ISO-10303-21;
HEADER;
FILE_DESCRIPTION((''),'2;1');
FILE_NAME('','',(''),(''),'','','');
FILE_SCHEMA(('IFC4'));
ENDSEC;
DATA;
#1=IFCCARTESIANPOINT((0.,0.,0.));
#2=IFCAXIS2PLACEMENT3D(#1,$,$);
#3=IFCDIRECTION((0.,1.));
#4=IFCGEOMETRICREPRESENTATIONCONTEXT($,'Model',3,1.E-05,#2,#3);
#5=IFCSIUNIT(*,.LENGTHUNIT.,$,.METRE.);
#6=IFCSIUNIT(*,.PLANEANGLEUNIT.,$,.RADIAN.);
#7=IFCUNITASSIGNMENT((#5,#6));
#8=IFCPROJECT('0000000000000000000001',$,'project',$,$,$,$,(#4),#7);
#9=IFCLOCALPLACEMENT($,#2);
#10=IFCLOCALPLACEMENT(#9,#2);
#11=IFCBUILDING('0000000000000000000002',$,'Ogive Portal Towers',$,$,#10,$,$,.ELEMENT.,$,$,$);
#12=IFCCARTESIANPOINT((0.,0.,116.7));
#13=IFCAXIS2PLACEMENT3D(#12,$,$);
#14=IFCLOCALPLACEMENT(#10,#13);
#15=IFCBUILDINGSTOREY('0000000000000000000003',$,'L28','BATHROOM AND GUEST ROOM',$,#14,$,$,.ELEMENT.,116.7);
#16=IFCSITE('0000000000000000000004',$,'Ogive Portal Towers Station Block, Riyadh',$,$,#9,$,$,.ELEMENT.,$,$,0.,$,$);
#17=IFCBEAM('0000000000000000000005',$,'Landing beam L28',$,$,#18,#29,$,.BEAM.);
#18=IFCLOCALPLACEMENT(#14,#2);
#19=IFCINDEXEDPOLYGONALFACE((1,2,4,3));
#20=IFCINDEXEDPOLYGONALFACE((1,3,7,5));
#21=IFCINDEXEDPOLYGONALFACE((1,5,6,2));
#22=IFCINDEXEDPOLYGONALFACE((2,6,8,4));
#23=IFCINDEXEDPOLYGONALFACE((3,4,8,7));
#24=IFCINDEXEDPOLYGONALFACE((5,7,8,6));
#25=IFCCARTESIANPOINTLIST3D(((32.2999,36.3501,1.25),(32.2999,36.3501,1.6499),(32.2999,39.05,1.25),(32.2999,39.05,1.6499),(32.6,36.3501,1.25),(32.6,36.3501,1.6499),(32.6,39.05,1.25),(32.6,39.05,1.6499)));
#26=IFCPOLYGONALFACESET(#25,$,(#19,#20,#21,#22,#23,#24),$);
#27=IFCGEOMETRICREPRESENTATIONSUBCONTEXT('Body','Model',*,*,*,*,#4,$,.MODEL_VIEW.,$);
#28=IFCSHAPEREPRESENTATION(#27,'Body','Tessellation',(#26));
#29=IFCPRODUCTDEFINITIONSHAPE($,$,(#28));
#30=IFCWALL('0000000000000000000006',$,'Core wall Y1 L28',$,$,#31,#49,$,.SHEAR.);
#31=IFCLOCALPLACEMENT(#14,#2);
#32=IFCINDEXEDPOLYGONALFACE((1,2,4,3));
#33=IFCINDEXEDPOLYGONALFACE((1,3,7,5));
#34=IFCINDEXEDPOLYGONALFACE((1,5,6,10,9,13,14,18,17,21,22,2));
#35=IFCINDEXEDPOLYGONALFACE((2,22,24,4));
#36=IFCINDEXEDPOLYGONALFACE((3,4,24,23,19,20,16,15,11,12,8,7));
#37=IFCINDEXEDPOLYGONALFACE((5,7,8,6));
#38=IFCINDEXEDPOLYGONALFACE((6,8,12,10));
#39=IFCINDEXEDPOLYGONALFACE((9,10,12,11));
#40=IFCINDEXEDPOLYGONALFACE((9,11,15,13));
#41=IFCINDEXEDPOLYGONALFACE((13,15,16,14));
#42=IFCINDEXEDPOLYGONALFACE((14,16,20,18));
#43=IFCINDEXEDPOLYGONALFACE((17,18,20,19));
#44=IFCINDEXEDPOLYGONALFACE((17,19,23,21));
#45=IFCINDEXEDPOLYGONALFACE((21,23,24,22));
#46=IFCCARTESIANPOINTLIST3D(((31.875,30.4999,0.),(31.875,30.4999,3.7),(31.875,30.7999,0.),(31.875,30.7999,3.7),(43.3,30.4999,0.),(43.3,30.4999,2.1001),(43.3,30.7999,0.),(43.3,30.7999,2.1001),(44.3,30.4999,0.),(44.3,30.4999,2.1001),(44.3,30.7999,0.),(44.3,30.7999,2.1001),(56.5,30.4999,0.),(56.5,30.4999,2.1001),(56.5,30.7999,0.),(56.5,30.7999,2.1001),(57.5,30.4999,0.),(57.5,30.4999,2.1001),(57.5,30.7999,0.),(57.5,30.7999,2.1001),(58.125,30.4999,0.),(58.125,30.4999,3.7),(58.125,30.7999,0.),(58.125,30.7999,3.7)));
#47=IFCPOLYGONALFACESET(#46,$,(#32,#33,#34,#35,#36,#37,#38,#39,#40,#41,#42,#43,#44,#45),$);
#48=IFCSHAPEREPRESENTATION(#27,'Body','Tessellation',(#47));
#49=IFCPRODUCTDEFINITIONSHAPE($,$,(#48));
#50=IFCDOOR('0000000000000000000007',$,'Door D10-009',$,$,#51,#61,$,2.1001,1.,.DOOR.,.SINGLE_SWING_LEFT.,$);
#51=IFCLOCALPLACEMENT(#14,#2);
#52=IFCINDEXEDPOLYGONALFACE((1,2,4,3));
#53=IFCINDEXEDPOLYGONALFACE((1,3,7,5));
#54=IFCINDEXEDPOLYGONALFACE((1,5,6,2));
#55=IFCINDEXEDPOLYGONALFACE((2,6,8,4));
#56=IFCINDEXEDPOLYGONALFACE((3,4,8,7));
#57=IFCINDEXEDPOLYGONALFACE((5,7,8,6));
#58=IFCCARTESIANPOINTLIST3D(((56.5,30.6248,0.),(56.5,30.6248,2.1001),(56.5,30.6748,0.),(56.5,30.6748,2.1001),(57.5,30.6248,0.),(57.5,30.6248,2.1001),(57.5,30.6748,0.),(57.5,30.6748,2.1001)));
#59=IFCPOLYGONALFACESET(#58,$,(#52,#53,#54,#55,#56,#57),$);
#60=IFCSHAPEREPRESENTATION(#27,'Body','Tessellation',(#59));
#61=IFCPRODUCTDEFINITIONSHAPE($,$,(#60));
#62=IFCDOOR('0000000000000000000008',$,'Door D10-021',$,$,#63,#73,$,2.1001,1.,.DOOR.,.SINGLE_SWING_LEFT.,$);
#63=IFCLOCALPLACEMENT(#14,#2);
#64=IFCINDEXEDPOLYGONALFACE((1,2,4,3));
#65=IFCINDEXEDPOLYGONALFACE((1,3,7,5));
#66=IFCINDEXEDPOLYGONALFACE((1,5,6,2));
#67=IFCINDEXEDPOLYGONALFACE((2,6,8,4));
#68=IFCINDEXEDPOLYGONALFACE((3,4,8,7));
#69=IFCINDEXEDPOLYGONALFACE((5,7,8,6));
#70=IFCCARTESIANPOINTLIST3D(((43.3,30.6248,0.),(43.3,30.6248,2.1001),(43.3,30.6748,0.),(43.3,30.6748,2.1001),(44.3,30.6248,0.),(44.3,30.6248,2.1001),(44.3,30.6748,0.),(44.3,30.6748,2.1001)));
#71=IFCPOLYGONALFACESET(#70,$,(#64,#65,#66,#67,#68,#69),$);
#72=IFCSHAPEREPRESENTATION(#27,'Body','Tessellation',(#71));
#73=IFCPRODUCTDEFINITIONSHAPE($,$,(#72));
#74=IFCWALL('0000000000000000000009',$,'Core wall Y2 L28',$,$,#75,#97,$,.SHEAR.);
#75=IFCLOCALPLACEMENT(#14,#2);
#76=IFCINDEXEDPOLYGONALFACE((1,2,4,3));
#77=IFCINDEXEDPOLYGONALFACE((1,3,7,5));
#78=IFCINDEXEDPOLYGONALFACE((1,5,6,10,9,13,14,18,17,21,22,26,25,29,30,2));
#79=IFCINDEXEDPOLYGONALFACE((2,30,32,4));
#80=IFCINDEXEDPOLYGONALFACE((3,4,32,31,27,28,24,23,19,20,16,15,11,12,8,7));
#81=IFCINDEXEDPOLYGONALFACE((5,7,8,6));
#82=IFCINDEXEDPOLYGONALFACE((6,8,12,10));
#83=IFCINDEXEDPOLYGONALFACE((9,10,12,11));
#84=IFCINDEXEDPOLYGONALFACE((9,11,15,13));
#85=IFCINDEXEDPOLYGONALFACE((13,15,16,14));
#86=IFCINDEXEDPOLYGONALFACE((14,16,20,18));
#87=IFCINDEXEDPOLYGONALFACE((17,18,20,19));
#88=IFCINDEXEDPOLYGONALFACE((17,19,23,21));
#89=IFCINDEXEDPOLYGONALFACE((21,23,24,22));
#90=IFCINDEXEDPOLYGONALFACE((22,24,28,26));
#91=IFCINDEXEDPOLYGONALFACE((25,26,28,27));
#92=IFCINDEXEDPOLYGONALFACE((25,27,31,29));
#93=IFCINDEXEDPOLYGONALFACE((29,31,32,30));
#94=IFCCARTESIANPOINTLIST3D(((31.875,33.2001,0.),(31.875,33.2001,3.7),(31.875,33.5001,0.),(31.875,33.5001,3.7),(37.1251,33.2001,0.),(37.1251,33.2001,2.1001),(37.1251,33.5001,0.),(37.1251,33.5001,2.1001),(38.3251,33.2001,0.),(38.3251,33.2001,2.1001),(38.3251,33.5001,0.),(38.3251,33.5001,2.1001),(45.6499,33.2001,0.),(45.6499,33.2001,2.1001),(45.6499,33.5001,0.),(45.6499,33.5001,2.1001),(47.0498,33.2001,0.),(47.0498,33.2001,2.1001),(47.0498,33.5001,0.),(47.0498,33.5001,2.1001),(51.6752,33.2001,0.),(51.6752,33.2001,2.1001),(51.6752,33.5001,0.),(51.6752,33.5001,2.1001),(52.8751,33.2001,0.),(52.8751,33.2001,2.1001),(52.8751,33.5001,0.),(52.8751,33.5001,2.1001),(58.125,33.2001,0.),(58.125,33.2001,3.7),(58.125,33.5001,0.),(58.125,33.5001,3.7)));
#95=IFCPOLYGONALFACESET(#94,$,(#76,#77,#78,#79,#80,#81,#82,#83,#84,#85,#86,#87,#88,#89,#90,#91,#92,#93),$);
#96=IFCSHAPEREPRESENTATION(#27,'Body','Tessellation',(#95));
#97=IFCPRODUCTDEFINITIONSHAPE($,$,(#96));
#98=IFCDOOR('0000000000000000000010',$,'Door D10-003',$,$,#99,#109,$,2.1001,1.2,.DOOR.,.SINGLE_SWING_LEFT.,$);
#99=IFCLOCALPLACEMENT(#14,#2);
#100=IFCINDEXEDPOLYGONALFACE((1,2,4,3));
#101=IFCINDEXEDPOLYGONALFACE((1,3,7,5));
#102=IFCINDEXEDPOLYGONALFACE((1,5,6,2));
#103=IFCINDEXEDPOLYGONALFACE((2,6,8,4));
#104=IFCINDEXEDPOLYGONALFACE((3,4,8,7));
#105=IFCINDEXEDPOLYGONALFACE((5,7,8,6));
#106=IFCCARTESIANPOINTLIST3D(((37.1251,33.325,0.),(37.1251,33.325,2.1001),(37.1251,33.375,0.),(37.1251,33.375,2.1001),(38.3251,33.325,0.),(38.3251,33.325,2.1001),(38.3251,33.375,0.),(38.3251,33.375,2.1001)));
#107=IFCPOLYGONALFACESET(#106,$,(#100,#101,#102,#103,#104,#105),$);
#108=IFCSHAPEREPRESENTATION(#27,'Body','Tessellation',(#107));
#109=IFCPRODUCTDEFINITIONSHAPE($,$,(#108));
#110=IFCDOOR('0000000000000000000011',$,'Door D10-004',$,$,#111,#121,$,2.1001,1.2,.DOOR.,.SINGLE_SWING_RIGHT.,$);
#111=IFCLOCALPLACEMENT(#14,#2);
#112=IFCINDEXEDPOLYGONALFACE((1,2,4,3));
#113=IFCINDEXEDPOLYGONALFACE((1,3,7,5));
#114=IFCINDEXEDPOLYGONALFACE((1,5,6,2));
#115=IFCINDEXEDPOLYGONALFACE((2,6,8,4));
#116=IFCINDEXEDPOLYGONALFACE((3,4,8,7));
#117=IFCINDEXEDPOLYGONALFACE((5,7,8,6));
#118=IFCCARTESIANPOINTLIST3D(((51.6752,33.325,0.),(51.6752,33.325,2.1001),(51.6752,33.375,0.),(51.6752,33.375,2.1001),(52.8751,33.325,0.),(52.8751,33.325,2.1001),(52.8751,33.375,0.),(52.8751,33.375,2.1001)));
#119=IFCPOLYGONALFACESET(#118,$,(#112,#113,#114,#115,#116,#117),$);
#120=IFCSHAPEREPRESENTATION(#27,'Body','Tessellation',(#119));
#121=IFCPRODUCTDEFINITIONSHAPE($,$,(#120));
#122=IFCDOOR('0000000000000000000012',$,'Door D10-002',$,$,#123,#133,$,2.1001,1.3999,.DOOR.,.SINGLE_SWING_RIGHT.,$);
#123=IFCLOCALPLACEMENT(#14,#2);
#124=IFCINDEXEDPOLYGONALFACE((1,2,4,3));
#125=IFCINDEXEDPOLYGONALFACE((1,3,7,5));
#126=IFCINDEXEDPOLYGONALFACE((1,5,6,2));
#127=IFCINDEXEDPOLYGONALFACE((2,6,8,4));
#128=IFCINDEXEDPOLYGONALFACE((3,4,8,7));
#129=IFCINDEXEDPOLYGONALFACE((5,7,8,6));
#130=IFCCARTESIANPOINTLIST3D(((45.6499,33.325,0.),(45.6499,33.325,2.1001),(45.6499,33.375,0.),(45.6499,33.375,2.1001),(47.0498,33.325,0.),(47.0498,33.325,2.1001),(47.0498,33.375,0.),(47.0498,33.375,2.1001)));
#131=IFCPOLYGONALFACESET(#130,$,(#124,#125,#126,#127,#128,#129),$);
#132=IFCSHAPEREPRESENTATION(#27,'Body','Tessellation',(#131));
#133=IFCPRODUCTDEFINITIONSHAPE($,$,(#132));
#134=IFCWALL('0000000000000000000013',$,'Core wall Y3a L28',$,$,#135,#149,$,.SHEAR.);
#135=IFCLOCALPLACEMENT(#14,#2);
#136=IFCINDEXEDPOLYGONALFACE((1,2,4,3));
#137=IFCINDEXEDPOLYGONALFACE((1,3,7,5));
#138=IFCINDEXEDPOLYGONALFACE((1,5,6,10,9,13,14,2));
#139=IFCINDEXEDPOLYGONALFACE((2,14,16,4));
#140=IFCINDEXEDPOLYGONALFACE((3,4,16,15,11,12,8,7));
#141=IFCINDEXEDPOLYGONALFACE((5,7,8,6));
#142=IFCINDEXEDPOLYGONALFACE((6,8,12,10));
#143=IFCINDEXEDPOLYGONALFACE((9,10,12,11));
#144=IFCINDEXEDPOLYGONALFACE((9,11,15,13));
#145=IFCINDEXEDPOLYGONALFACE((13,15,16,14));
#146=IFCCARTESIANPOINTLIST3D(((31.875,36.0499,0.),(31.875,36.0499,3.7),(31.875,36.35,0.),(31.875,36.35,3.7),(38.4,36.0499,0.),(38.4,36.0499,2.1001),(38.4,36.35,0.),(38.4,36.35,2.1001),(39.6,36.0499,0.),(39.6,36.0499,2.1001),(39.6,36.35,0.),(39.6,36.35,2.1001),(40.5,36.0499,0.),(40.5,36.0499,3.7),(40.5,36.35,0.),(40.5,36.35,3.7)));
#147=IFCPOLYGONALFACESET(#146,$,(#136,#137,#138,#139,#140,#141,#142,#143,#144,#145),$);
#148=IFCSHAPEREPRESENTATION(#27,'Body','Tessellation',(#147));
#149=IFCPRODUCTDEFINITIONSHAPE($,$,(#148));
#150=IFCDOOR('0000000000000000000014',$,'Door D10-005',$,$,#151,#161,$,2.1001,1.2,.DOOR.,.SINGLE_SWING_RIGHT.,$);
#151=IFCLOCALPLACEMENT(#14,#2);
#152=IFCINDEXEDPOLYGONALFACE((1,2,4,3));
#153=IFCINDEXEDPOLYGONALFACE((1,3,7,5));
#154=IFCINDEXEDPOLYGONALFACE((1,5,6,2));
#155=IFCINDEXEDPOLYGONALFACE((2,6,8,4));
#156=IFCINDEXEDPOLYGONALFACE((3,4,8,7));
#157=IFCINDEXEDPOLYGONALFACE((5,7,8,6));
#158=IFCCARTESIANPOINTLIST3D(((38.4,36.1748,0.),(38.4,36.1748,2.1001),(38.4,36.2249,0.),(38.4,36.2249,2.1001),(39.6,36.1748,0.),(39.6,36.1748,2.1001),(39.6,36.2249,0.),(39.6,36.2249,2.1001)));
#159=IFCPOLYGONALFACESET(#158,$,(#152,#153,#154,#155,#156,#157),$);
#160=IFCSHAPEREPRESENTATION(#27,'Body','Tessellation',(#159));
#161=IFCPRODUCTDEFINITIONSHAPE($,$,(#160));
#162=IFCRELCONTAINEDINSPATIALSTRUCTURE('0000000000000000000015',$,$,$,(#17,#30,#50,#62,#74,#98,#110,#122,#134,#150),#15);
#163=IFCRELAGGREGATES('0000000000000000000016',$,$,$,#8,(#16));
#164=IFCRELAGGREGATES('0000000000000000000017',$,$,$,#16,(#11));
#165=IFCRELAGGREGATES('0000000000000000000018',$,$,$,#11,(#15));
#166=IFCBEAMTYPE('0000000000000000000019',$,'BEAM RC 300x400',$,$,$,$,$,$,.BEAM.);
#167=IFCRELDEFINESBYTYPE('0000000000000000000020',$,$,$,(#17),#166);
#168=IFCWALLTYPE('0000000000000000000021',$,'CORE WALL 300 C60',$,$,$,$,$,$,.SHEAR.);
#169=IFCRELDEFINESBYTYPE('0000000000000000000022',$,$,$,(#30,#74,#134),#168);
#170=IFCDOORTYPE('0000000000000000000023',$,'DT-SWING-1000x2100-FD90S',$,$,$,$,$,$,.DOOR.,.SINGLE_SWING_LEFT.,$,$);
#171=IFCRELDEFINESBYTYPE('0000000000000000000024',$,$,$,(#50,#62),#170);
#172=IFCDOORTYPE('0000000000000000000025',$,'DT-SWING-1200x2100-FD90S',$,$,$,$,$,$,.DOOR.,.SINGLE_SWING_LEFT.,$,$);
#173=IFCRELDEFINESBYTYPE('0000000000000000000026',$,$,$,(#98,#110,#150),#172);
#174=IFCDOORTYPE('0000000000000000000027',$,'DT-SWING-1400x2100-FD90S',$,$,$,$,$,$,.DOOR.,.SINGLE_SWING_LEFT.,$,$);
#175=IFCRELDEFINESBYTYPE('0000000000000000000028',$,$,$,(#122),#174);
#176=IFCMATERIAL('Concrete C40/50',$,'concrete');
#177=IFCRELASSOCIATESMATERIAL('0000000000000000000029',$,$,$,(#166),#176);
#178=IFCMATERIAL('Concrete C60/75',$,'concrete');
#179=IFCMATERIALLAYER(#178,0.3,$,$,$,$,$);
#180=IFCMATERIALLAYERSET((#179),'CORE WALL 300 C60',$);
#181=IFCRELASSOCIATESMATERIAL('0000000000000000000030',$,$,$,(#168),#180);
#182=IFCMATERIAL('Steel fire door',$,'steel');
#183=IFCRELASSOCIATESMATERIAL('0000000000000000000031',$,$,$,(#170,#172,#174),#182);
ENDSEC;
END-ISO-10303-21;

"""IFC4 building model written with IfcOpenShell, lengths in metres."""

from ifc_helpers import new_model, si_unit, direction, frame, frame_2d, origin, origin_2d, place, context, subcontext, project, spatial, rectangle, extrude, material, layer, layer_set, material_profile, profile_set, type_object, element, fill, save


model = new_model("IFC4")

# Units and contexts
model_context = context("Model", 3, precision=1e-05, world=origin(), true_north=direction((0.0, 1.0)))
body_context = subcontext(model_context, "Body", "Model", "MODEL_VIEW")
ifc_project = project(units=[si_unit("LENGTHUNIT", "METRE"), si_unit("PLANEANGLEUNIT", "RADIAN")], contexts=[model_context])

# Site, building, storey
site_placement = place(None, origin())
site = spatial("IfcSite", under=ifc_project, at=site_placement, Name="Ogive Portal Towers Station Block, Riyadh", CompositionType="ELEMENT", RefElevation=0.0)
building_placement = place(site_placement, origin())
building = spatial("IfcBuilding", under=site, at=building_placement, Name="Ogive Portal Towers", CompositionType="ELEMENT")
storey_placement = place(building_placement, frame((0.0, 0.0, 116.7)))
storey = spatial("IfcBuildingStorey", under=building, at=storey_placement, Name="L28", Description="BATHROOM AND GUEST ROOM", CompositionType="ELEMENT", Elevation=116.7)

# Beam
ifc_material_1 = material(Name="Concrete C40/50", Category="concrete")
ifc_material_profile = material_profile(ifc_material_1, rectangle(XDim=0.3, YDim=0.3999, at=origin_2d()), Name="RC 300x400")
ifc_profile_set = profile_set([ifc_material_profile], Name="Concrete C40/50")
beam_type = type_object("IfcBeamType", Name="BEAM RC 300x400", PredefinedType="BEAM", material=ifc_profile_set)
beam_placement = place(storey_placement, frame((32.45, 36.3501, 1.45), z_axis=(0.0, 1.0, 0.0), x_axis=(-1.0, 0.0, 0.0)))
element("IfcBeam", 1, at=beam_placement, inside=storey, type_object=beam_type, Name="Landing beam L28", PredefinedType="BEAM", context=body_context, shape_type="SweptSolid", body=[
    extrude(rectangle(XDim=0.3, YDim=0.3999, at=origin_2d()), origin(), (0.0, 0.0, 1.0), 2.7),
])

# Walls, openings, doors
ifc_material_2 = material(Name="Concrete C60/75", Category="concrete")
ifc_layer_1 = layer(ifc_material_2, 0.3)
ifc_layer_set_1 = layer_set([ifc_layer_1], Name="CORE WALL 300 C60")
wall_type_1 = type_object("IfcWallType", Name="CORE WALL 300 C60", PredefinedType="SHEAR", material=ifc_layer_set_1)
wall_1_placement = place(storey_placement, frame((31.875, 30.6499, 0.0), z_axis=(0.0, 0.0, 1.0), x_axis=(1.0, 0.0, 0.0)))
wall_1 = element("IfcWall", 2, at=wall_1_placement, inside=storey, type_object=wall_type_1, Name="Core wall Y1 L28", PredefinedType="SHEAR", context=body_context, shape_type="SweptSolid", body=[
    extrude(rectangle(XDim=26.25, YDim=0.3, at=frame_2d((13.125, 0.0))), origin(), (0.0, 0.0, 1.0), 3.7),
])
opening_1_placement = place(wall_1_placement, frame((24.625, 0.0, 0.0)))
opening_1 = element("IfcOpeningElement", 3, at=opening_1_placement, cuts=wall_1, PredefinedType="OPENING", context=body_context, shape_type="SweptSolid", body=[
    extrude(rectangle(XDim=1.0, YDim=2.1001, at=frame_2d((0.5, 1.05))), frame((0.0, 0.1602, 0.0), z_axis=(0.0, -1.0, 0.0), x_axis=(1.0, 0.0, 0.0)), (0.0, 0.0, 1.0), 0.3201),
])
opening_2_placement = place(wall_1_placement, frame((11.425, 0.0, 0.0)))
opening_2 = element("IfcOpeningElement", 4, at=opening_2_placement, cuts=wall_1, PredefinedType="OPENING", context=body_context, shape_type="SweptSolid", body=[
    extrude(rectangle(XDim=1.0, YDim=2.1001, at=frame_2d((0.5, 1.05))), frame((0.0, 0.1602, 0.0), z_axis=(0.0, -1.0, 0.0), x_axis=(1.0, 0.0, 0.0)), (0.0, 0.0, 1.0), 0.3201),
])
ifc_material_3 = material(Name="Steel fire door", Category="steel")
door_type_1 = type_object("IfcDoorType", Name="DT-SWING-1000x2100-FD90S", OperationType="SINGLE_SWING_LEFT", PredefinedType="DOOR", material=ifc_material_3)
door_1_placement = place(opening_1_placement, origin())
door_1 = element("IfcDoor", 5, at=door_1_placement, inside=storey, type_object=door_type_1, Name="Door D10-009", OperationType="SINGLE_SWING_LEFT", OverallHeight=2.1001, OverallWidth=1.0, PredefinedType="DOOR", context=body_context, shape_type="SweptSolid", body=[
    extrude(rectangle(XDim=1.0, YDim=2.1001, at=frame_2d((0.5, 1.05))), frame((0.0, 0.0249, 0.0), z_axis=(0.0, -1.0, 0.0), x_axis=(1.0, 0.0, 0.0)), (0.0, 0.0, 1.0), 0.05),
])
fill(opening_1, door_1)
door_2_placement = place(opening_2_placement, origin())
door_2 = element("IfcDoor", 6, at=door_2_placement, inside=storey, type_object=door_type_1, Name="Door D10-021", OperationType="SINGLE_SWING_LEFT", OverallHeight=2.1001, OverallWidth=1.0, PredefinedType="DOOR", context=body_context, shape_type="SweptSolid", body=[
    extrude(rectangle(XDim=1.0, YDim=2.1001, at=frame_2d((0.5, 1.05))), frame((0.0, 0.0249, 0.0), z_axis=(0.0, -1.0, 0.0), x_axis=(1.0, 0.0, 0.0)), (0.0, 0.0, 1.0), 0.05),
])
fill(opening_2, door_2)
wall_2_placement = place(storey_placement, frame((31.875, 33.3501, 0.0), z_axis=(0.0, 0.0, 1.0), x_axis=(1.0, 0.0, 0.0)))
wall_2 = element("IfcWall", 7, at=wall_2_placement, inside=storey, type_object=wall_type_1, Name="Core wall Y2 L28", PredefinedType="SHEAR", context=body_context, shape_type="SweptSolid", body=[
    extrude(rectangle(XDim=26.25, YDim=0.3, at=frame_2d((13.125, 0.0))), origin(), (0.0, 0.0, 1.0), 3.7),
])
opening_3_placement = place(wall_2_placement, frame((13.7749, 0.0, 0.0)))
opening_3 = element("IfcOpeningElement", 8, at=opening_3_placement, cuts=wall_2, PredefinedType="OPENING", context=body_context, shape_type="SweptSolid", body=[
    extrude(rectangle(XDim=1.3999, YDim=2.1001, at=frame_2d((0.7, 1.05))), frame((0.0, 0.1602, 0.0), z_axis=(0.0, -1.0, 0.0), x_axis=(1.0, 0.0, 0.0)), (0.0, 0.0, 1.0), 0.3201),
])
opening_4_placement = place(wall_2_placement, frame((5.25, 0.0, 0.0)))
opening_4 = element("IfcOpeningElement", 9, at=opening_4_placement, cuts=wall_2, PredefinedType="OPENING", context=body_context, shape_type="SweptSolid", body=[
    extrude(rectangle(XDim=1.2, YDim=2.1001, at=frame_2d((0.6001, 1.05))), frame((0.0, 0.1602, 0.0), z_axis=(0.0, -1.0, 0.0), x_axis=(1.0, 0.0, 0.0)), (0.0, 0.0, 1.0), 0.3201),
])
opening_5_placement = place(wall_2_placement, frame((19.8, 0.0, 0.0)))
opening_5 = element("IfcOpeningElement", 10, at=opening_5_placement, cuts=wall_2, PredefinedType="OPENING", context=body_context, shape_type="SweptSolid", body=[
    extrude(rectangle(XDim=1.2, YDim=2.1001, at=frame_2d((0.6001, 1.05))), frame((0.0, 0.1602, 0.0), z_axis=(0.0, -1.0, 0.0), x_axis=(1.0, 0.0, 0.0)), (0.0, 0.0, 1.0), 0.3201),
])
door_type_2 = type_object("IfcDoorType", Name="DT-SWING-1200x2100-FD90S", OperationType="SINGLE_SWING_LEFT", PredefinedType="DOOR", material=ifc_material_3)
door_3_placement = place(opening_4_placement, origin())
door_3 = element("IfcDoor", 11, at=door_3_placement, inside=storey, type_object=door_type_2, Name="Door D10-003", OperationType="SINGLE_SWING_LEFT", OverallHeight=2.1001, OverallWidth=1.2, PredefinedType="DOOR", context=body_context, shape_type="SweptSolid", body=[
    extrude(rectangle(XDim=1.2, YDim=2.1001, at=frame_2d((0.6001, 1.05))), frame((0.0, 0.0249, 0.0), z_axis=(0.0, -1.0, 0.0), x_axis=(1.0, 0.0, 0.0)), (0.0, 0.0, 1.0), 0.05),
])
fill(opening_4, door_3)
door_4_placement = place(opening_5_placement, origin())
door_4 = element("IfcDoor", 12, at=door_4_placement, inside=storey, type_object=door_type_2, Name="Door D10-004", OperationType="SINGLE_SWING_RIGHT", OverallHeight=2.1001, OverallWidth=1.2, PredefinedType="DOOR", context=body_context, shape_type="SweptSolid", body=[
    extrude(rectangle(XDim=1.2, YDim=2.1001, at=frame_2d((0.6001, 1.05))), frame((0.0, 0.0249, 0.0), z_axis=(0.0, -1.0, 0.0), x_axis=(1.0, 0.0, 0.0)), (0.0, 0.0, 1.0), 0.05),
])
fill(opening_5, door_4)
door_type_3 = type_object("IfcDoorType", Name="DT-SWING-1400x2100-FD90S", OperationType="SINGLE_SWING_LEFT", PredefinedType="DOOR", material=ifc_material_3)
door_5_placement = place(opening_3_placement, origin())
door_5 = element("IfcDoor", 13, at=door_5_placement, inside=storey, type_object=door_type_3, Name="Door D10-002", OperationType="SINGLE_SWING_RIGHT", OverallHeight=2.1001, OverallWidth=1.3999, PredefinedType="DOOR", context=body_context, shape_type="SweptSolid", body=[
    extrude(rectangle(XDim=1.3999, YDim=2.1001, at=frame_2d((0.7, 1.05))), frame((0.0, 0.0249, 0.0), z_axis=(0.0, -1.0, 0.0), x_axis=(1.0, 0.0, 0.0)), (0.0, 0.0, 1.0), 0.05),
])
fill(opening_3, door_5)

# Wall, opening, door
wall_3_placement = place(storey_placement, frame((31.875, 36.2, 0.0), z_axis=(0.0, 0.0, 1.0), x_axis=(1.0, 0.0, 0.0)))
wall_3 = element("IfcWall", 14, at=wall_3_placement, inside=storey, type_object=wall_type_1, Name="Core wall Y3a L28", PredefinedType="SHEAR", context=body_context, shape_type="SweptSolid", body=[
    extrude(rectangle(XDim=8.625, YDim=0.3, at=frame_2d((4.3125, 0.0))), origin(), (0.0, 0.0, 1.0), 3.7),
])
opening_6_placement = place(wall_3_placement, frame((6.5249, 0.0, 0.0)))
opening_6 = element("IfcOpeningElement", 15, at=opening_6_placement, cuts=wall_3, PredefinedType="OPENING", context=body_context, shape_type="SweptSolid", body=[
    extrude(rectangle(XDim=1.2, YDim=2.1001, at=frame_2d((0.6001, 1.05))), frame((0.0, 0.1602, 0.0), z_axis=(0.0, -1.0, 0.0), x_axis=(1.0, 0.0, 0.0)), (0.0, 0.0, 1.0), 0.3201),
])
door_6_placement = place(opening_6_placement, origin())
door_6 = element("IfcDoor", 16, at=door_6_placement, inside=storey, type_object=door_type_2, Name="Door D10-005", OperationType="SINGLE_SWING_RIGHT", OverallHeight=2.1001, OverallWidth=1.2, PredefinedType="DOOR", context=body_context, shape_type="SweptSolid", body=[
    extrude(rectangle(XDim=1.2, YDim=2.1001, at=frame_2d((0.6001, 1.05))), frame((0.0, 0.0249, 0.0), z_axis=(0.0, -1.0, 0.0), x_axis=(1.0, 0.0, 0.0)), (0.0, 0.0, 1.0), 0.05),
])
fill(opening_6, door_6)

save(model, "model.ifc")
